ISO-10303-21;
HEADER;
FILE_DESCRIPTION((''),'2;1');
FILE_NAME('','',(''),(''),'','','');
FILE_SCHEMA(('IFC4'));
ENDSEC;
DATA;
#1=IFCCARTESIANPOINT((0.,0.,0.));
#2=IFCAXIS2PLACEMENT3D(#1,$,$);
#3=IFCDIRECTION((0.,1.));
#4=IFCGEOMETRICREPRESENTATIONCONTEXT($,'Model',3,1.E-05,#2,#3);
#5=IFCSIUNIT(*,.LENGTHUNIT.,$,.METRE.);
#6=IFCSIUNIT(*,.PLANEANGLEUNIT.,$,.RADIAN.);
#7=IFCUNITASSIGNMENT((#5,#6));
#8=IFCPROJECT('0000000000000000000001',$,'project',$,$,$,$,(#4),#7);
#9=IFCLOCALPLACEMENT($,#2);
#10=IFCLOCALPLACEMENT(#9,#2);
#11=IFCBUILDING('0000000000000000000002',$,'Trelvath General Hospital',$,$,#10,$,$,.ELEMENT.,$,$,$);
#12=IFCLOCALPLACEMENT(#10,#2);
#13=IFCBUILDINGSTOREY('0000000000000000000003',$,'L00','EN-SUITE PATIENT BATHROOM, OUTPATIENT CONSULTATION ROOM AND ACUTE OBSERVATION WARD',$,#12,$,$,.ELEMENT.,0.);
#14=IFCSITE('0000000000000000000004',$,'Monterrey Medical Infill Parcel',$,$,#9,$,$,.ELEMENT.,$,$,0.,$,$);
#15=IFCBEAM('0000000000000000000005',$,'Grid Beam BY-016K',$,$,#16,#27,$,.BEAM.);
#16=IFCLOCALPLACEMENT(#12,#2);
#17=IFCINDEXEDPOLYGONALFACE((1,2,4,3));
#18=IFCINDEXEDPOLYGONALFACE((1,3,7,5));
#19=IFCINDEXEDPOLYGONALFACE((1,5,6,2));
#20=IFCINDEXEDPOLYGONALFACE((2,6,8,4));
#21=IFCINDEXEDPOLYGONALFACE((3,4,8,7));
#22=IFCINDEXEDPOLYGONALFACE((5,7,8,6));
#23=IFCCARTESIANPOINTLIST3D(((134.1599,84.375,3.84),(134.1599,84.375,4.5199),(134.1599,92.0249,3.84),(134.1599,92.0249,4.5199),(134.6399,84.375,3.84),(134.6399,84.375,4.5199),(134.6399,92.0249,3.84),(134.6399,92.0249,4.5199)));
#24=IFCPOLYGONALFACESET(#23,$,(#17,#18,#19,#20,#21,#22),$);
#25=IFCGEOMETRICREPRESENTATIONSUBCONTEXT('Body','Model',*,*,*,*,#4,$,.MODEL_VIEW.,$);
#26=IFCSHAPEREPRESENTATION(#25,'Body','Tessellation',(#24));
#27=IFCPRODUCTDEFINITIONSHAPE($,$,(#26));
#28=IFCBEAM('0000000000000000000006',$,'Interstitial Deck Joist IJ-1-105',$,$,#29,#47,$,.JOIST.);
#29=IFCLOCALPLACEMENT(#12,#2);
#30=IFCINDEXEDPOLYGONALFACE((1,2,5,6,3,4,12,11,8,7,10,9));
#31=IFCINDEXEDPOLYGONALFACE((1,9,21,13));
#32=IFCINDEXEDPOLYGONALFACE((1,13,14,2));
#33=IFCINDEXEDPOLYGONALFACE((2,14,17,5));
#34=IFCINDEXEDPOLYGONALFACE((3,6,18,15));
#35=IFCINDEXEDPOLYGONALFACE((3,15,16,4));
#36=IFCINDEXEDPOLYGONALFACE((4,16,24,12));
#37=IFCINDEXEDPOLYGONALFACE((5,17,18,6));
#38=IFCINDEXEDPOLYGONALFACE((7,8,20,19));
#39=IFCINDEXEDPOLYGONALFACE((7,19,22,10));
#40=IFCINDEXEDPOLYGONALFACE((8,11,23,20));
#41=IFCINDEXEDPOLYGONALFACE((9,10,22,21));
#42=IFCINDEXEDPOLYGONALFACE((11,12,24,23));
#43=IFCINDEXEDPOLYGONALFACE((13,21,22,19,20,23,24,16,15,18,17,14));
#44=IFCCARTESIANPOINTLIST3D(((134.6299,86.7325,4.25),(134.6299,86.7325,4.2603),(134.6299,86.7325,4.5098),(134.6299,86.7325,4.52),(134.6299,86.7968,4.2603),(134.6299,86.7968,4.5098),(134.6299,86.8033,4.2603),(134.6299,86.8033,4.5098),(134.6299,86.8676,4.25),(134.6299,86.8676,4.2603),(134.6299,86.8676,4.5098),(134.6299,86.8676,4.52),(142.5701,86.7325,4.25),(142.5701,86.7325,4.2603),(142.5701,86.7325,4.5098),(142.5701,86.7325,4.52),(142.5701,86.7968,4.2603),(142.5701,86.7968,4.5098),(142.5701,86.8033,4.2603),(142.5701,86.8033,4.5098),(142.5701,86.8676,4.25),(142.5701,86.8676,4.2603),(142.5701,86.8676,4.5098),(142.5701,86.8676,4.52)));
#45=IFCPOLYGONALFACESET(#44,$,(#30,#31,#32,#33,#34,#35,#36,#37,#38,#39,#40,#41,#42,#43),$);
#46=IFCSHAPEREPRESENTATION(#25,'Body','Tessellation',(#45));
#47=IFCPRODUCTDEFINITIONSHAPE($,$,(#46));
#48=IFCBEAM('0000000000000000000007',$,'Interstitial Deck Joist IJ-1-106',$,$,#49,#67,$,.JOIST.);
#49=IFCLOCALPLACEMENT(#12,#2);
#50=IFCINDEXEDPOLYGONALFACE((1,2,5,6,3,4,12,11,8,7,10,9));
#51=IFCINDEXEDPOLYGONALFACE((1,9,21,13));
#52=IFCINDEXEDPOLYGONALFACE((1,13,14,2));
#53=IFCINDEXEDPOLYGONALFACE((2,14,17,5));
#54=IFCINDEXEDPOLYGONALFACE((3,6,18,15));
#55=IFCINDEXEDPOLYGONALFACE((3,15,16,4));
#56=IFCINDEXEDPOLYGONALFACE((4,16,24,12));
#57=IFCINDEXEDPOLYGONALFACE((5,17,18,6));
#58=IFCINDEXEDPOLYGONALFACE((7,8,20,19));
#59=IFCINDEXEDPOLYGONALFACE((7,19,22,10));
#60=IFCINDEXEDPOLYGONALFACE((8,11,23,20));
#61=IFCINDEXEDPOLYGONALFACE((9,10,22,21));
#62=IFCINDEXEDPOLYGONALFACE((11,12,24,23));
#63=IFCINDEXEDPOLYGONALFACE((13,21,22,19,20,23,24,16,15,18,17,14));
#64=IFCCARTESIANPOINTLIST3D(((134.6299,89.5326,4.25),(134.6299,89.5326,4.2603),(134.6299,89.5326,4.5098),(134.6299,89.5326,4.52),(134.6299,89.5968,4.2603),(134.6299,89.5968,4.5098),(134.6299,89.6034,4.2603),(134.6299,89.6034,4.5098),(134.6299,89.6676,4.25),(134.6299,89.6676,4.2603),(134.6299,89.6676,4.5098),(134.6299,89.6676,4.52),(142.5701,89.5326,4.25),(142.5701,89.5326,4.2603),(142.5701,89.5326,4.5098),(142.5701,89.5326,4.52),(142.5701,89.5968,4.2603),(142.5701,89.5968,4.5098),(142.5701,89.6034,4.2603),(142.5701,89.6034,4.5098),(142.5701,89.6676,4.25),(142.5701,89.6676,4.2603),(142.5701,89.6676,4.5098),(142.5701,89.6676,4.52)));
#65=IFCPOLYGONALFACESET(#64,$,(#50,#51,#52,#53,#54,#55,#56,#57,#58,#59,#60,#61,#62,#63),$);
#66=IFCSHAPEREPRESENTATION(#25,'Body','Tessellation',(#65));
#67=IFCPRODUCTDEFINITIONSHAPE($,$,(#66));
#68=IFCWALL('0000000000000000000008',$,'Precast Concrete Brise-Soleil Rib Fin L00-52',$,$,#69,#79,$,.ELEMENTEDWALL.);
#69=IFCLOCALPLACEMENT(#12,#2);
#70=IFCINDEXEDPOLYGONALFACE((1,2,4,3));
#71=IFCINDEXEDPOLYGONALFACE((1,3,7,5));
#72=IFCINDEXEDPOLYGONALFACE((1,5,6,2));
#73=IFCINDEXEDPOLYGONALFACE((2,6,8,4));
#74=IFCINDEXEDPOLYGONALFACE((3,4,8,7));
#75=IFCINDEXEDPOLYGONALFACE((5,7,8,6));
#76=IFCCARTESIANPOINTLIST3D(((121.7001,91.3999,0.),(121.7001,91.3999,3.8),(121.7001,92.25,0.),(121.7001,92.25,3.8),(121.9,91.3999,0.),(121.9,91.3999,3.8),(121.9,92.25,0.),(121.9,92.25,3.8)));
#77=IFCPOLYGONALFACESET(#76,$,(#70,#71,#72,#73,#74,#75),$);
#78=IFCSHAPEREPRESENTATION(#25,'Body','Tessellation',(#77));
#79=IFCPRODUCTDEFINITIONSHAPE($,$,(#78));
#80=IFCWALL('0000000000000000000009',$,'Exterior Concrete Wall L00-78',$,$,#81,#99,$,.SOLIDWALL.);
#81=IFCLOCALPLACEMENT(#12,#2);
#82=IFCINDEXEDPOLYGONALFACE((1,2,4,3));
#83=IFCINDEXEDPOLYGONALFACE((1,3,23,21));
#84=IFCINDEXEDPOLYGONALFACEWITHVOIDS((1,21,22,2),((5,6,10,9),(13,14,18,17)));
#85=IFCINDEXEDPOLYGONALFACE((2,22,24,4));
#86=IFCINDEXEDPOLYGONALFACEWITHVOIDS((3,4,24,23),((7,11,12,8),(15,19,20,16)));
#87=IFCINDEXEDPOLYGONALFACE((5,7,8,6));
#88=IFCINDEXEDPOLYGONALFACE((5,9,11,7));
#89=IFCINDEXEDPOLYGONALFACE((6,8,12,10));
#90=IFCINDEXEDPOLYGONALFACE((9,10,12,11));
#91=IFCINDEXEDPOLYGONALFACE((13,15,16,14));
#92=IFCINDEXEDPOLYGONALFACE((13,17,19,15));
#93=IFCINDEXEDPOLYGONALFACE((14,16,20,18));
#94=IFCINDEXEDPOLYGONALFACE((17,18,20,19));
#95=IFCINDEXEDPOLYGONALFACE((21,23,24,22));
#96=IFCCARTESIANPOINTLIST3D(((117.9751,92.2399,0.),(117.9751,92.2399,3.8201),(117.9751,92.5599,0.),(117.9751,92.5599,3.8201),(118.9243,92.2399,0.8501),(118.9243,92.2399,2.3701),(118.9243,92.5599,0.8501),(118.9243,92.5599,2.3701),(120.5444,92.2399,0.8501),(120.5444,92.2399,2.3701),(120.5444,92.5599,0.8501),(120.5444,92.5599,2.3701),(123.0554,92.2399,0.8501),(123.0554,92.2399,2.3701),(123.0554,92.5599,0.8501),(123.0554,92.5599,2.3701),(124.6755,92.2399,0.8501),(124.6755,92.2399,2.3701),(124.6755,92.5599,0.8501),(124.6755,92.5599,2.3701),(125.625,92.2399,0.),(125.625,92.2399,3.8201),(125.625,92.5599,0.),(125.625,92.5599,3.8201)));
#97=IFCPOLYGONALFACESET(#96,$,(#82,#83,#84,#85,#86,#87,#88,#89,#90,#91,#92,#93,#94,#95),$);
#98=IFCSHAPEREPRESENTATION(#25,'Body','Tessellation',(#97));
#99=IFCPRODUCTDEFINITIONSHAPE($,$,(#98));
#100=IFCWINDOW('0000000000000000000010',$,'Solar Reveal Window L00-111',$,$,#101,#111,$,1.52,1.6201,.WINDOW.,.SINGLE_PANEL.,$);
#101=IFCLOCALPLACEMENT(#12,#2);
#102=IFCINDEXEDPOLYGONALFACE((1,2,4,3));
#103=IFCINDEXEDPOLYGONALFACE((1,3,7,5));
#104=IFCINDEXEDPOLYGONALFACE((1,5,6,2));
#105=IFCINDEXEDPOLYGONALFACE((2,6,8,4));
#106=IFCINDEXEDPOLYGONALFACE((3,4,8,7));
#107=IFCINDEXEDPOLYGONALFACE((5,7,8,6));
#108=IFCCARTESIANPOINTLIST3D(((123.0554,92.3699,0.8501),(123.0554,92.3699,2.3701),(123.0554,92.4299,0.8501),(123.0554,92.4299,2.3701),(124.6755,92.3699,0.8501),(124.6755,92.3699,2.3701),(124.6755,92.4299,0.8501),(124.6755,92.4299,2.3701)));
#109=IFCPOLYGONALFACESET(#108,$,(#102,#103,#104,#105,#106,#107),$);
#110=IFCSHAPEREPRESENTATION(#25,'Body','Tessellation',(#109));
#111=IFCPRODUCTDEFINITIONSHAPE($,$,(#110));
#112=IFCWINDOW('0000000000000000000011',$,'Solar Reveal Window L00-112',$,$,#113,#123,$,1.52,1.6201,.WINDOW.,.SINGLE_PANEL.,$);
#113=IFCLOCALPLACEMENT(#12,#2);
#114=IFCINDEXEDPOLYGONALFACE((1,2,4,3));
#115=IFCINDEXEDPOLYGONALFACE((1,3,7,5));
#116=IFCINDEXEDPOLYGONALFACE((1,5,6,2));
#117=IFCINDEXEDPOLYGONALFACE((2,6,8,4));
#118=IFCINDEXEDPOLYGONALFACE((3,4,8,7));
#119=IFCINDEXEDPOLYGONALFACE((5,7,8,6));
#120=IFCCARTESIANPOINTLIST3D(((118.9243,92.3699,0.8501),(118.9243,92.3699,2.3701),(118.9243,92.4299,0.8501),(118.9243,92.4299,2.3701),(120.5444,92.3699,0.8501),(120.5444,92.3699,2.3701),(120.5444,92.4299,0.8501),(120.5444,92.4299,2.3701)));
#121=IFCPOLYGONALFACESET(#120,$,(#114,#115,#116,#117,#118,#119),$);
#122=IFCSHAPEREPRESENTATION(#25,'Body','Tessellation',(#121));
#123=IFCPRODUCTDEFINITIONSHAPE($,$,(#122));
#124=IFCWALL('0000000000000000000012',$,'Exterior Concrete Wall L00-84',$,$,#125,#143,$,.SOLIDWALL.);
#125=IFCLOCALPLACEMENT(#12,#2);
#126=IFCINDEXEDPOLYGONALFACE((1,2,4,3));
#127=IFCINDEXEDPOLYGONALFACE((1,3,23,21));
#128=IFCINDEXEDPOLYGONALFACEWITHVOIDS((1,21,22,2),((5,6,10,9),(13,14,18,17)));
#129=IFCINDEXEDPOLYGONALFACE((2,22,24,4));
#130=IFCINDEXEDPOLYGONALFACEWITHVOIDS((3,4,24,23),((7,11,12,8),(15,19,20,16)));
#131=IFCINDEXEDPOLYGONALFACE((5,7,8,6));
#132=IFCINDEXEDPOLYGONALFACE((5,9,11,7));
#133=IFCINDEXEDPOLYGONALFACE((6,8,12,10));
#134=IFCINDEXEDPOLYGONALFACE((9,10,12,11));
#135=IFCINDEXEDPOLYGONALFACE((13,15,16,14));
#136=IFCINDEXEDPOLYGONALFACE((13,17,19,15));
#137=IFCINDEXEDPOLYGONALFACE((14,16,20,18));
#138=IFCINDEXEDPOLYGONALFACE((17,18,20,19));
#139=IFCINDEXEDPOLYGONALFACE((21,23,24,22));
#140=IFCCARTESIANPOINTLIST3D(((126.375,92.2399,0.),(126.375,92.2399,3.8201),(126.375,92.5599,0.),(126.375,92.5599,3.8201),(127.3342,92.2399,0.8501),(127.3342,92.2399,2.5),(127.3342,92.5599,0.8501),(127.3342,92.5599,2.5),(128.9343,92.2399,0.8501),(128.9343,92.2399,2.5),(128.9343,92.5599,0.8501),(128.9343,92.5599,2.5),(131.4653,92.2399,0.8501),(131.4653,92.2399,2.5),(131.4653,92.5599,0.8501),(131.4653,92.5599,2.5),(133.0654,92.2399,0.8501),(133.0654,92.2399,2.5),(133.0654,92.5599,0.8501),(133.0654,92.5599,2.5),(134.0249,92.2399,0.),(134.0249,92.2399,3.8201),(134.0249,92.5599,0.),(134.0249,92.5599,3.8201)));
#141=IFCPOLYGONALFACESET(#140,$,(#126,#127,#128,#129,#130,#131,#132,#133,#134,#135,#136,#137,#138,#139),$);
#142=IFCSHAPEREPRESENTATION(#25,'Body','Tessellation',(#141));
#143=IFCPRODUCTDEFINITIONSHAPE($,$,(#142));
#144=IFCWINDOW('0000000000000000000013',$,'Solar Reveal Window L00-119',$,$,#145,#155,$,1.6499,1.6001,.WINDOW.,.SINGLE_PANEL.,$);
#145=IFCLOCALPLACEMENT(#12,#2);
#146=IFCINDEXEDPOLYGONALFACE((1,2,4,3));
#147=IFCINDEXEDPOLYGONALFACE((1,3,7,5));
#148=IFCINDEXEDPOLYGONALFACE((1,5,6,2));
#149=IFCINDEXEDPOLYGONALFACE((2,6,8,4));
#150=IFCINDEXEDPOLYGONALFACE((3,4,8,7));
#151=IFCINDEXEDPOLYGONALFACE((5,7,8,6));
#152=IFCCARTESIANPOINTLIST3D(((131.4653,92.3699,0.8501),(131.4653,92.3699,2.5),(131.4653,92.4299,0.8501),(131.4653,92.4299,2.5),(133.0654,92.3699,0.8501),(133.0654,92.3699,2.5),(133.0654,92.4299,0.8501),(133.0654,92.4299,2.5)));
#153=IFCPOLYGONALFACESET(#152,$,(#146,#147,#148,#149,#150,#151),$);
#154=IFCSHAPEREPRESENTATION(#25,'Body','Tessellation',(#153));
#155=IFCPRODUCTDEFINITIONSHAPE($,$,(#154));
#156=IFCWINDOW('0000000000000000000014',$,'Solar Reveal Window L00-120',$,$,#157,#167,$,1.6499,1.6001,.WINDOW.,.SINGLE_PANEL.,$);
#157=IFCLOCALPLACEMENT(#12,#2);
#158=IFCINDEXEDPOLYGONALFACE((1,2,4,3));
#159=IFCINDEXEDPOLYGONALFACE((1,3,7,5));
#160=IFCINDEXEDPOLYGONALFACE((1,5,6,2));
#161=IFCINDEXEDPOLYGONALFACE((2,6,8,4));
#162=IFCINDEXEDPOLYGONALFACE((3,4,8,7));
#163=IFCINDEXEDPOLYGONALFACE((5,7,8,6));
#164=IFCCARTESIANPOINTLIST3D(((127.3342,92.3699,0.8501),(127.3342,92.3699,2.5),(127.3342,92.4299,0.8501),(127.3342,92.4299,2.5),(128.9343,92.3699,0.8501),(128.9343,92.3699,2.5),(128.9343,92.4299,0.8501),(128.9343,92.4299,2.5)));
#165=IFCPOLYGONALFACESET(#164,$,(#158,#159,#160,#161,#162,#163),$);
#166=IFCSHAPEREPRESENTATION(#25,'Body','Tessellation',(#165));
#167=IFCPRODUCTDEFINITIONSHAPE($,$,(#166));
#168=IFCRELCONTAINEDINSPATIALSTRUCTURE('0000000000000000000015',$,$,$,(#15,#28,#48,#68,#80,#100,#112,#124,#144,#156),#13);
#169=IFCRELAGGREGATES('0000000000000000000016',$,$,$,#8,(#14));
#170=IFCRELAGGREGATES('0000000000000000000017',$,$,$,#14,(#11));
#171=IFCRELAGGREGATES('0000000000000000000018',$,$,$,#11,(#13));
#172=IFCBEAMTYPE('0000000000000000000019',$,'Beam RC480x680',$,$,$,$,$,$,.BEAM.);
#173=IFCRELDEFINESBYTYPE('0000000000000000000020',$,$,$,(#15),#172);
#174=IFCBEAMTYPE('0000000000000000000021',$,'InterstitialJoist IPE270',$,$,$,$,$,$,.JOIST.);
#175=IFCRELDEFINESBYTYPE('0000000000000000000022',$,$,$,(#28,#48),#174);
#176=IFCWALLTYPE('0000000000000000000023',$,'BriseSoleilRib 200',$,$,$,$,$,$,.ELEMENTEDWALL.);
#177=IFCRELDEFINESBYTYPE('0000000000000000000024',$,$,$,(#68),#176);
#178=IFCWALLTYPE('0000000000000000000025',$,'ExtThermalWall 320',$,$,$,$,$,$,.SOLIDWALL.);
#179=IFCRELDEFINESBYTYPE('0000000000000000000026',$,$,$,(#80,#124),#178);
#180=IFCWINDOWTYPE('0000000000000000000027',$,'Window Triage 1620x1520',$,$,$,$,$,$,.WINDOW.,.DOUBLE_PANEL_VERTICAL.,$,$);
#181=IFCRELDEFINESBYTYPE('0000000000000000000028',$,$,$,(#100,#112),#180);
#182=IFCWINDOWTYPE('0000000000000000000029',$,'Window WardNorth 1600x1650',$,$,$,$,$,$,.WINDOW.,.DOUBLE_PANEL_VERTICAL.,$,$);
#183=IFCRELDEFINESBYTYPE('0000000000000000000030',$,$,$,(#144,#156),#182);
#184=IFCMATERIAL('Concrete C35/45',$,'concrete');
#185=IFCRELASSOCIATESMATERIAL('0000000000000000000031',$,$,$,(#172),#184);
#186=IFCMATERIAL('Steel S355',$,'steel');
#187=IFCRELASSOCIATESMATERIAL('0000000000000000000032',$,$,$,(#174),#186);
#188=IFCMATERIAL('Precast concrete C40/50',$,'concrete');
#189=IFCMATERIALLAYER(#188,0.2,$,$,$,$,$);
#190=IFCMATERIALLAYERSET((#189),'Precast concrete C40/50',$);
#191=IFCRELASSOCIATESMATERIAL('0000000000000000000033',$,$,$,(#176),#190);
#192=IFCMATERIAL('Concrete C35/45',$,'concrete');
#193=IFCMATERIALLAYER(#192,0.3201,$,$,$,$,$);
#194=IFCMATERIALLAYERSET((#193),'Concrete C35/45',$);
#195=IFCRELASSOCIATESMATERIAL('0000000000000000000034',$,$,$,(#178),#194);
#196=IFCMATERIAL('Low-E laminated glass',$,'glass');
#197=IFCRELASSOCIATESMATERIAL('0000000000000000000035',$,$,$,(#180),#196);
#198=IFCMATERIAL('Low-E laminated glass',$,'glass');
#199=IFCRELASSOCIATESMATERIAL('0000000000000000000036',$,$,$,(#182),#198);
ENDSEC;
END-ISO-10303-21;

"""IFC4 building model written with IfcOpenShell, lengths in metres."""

from ifc_helpers import new_model, si_unit, direction, frame, frame_2d, origin, origin_2d, place, context, subcontext, project, spatial, rectangle, i_section, extrude, material, layer, layer_set, material_profile, profile_set, type_object, element, fill, save


model = new_model("IFC4")

# Units and contexts
model_context = context("Model", 3, precision=1e-05, world=origin(), true_north=direction((0.0, 1.0)))
body_context = subcontext(model_context, "Body", "Model", "MODEL_VIEW")
ifc_project = project(units=[si_unit("LENGTHUNIT", "METRE"), si_unit("PLANEANGLEUNIT", "RADIAN")], contexts=[model_context])

# Site, building, storey
site_placement = place(None, origin())
site = spatial("IfcSite", under=ifc_project, at=site_placement, Name="Monterrey Medical Infill Parcel", CompositionType="ELEMENT", RefElevation=0.0)
building_placement = place(site_placement, origin())
building = spatial("IfcBuilding", under=site, at=building_placement, Name="Trelvath General Hospital", CompositionType="ELEMENT")
storey_placement = place(building_placement, origin())
storey = spatial("IfcBuildingStorey", under=building, at=storey_placement, Name="L00", Description="EN-SUITE PATIENT BATHROOM, OUTPATIENT CONSULTATION ROOM AND ACUTE OBSERVATION WARD", CompositionType="ELEMENT", Elevation=0.0)

# Beams
ifc_material_1 = material(Name="Concrete C35/45", Category="concrete")
ifc_material_profile_1 = material_profile(ifc_material_1, rectangle(XDim=0.48, YDim=0.6799, at=origin_2d()), Name="RCB480x680")
ifc_profile_set_1 = profile_set([ifc_material_profile_1], Name="Concrete C35/45")
beam_type_1 = type_object("IfcBeamType", Name="Beam RC480x680", PredefinedType="BEAM", material=ifc_profile_set_1)
beam_1_placement = place(storey_placement, frame((134.3999, 84.375, 4.1799), z_axis=(0.0, 1.0, 0.0), x_axis=(-1.0, 0.0, 0.0)))
element("IfcBeam", 1, at=beam_1_placement, inside=storey, type_object=beam_type_1, Name="Grid Beam BY-016K", PredefinedType="BEAM", context=body_context, shape_type="SweptSolid", body=[
    extrude(rectangle(XDim=0.48, YDim=0.6799, at=origin_2d()), origin(), (0.0, 0.0, 1.0), 7.6499),
])
ifc_material_2 = material(Name="Steel S355", Category="steel")
ifc_material_profile_2 = material_profile(ifc_material_2, i_section(OverallWidth=0.135, OverallDepth=0.27, WebThickness=0.0066, FlangeThickness=0.0103, at=origin_2d()), Name="IPE270")
ifc_profile_set_2 = profile_set([ifc_material_profile_2], Name="Steel S355")
beam_type_2 = type_object("IfcBeamType", Name="InterstitialJoist IPE270", PredefinedType="JOIST", material=ifc_profile_set_2)
for number, where, z_axis, x_axis, name in (
    (2, (134.6299, 86.8, 4.385), (1.0, 0.0, 0.0), (0.0, 1.0, 0.0), "Interstitial Deck Joist IJ-1-105"),
    (3, (134.6299, 89.6001, 4.385), (1.0, 0.0, 0.0), (0.0, 1.0, 0.0), "Interstitial Deck Joist IJ-1-106"),
):
    element("IfcBeam", number, at=place(storey_placement, frame(where, z_axis=z_axis, x_axis=x_axis)), inside=storey, type_object=beam_type_2, Name=name, PredefinedType="JOIST", context=body_context, shape_type="SweptSolid", body=[
        extrude(i_section(OverallWidth=0.135, OverallDepth=0.27, WebThickness=0.0066, FlangeThickness=0.0103, at=origin_2d()), origin(), (0.0, 0.0, 1.0), 7.9402),
    ])

# Wall
ifc_material_3 = material(Name="Precast concrete C40/50", Category="concrete")
ifc_layer_1 = layer(ifc_material_3, 0.2)
ifc_layer_set_1 = layer_set([ifc_layer_1], Name="Precast concrete C40/50")
wall_type_1 = type_object("IfcWallType", Name="BriseSoleilRib 200", PredefinedType="ELEMENTEDWALL", material=ifc_layer_set_1)
wall_1_placement = place(storey_placement, frame((121.8, 92.25, 0.0), z_axis=(0.0, 0.0, 1.0), x_axis=(0.0, -1.0, 0.0)))
element("IfcWall", 4, at=wall_1_placement, inside=storey, type_object=wall_type_1, Name="Precast Concrete Brise-Soleil Rib Fin L00-52", PredefinedType="ELEMENTEDWALL", context=body_context, shape_type="SweptSolid", body=[
    extrude(rectangle(XDim=0.8501, YDim=0.2, at=frame_2d((0.425, 0.0))), origin(), (0.0, 0.0, 1.0), 3.8),
])

# Walls, openings, windows
ifc_material_4 = material(Name="Concrete C35/45", Category="concrete")
ifc_layer_2 = layer(ifc_material_4, 0.3201)
ifc_layer_set_2 = layer_set([ifc_layer_2], Name="Concrete C35/45")
wall_type_2 = type_object("IfcWallType", Name="ExtThermalWall 320", PredefinedType="SOLIDWALL", material=ifc_layer_set_2)
wall_2_placement = place(storey_placement, frame((125.625, 92.3999, 0.0), z_axis=(0.0, 0.0, 1.0), x_axis=(-1.0, 0.0, 0.0)))
wall_2 = element("IfcWall", 5, at=wall_2_placement, inside=storey, type_object=wall_type_2, Name="Exterior Concrete Wall L00-78", PredefinedType="SOLIDWALL", context=body_context, shape_type="SweptSolid", body=[
    extrude(rectangle(XDim=7.6499, YDim=0.3201, at=frame_2d((3.825, 0.0))), origin(), (0.0, 0.0, 1.0), 3.8201),
])
opening_1_placement = place(wall_2_placement, frame((0.9495, 0.0, 0.8501)))
opening_1 = element("IfcOpeningElement", 6, at=opening_1_placement, cuts=wall_2, PredefinedType="OPENING", context=body_context, shape_type="SweptSolid", body=[
    extrude(rectangle(XDim=1.6201, YDim=1.52, at=frame_2d((0.8101, 0.76))), frame((0.0, 0.1699, 0.0), z_axis=(0.0, -1.0, 0.0), x_axis=(1.0, 0.0, 0.0)), (0.0, 0.0, 1.0), 0.3401),
])
opening_2_placement = place(wall_2_placement, frame((5.0806, 0.0, 0.8501)))
opening_2 = element("IfcOpeningElement", 7, at=opening_2_placement, cuts=wall_2, PredefinedType="OPENING", context=body_context, shape_type="SweptSolid", body=[
    extrude(rectangle(XDim=1.6201, YDim=1.52, at=frame_2d((0.8101, 0.76))), frame((0.0, 0.1699, 0.0), z_axis=(0.0, -1.0, 0.0), x_axis=(1.0, 0.0, 0.0)), (0.0, 0.0, 1.0), 0.3401),
])
ifc_material_5 = material(Name="Low-E laminated glass", Category="glass")
window_type_1 = type_object("IfcWindowType", Name="Window Triage 1620x1520", PartitioningType="DOUBLE_PANEL_VERTICAL", PredefinedType="WINDOW", material=ifc_material_5)
window_1_placement = place(opening_1_placement, origin())
window_1 = element("IfcWindow", 8, at=window_1_placement, inside=storey, type_object=window_type_1, Name="Solar Reveal Window L00-111", OverallHeight=1.52, OverallWidth=1.6201, PartitioningType="SINGLE_PANEL", PredefinedType="WINDOW", context=body_context, shape_type="SweptSolid", body=[
    extrude(rectangle(XDim=1.6201, YDim=1.52, at=frame_2d((0.8101, 0.76))), frame((0.0, 0.03, 0.0), z_axis=(0.0, -1.0, 0.0), x_axis=(1.0, 0.0, 0.0)), (0.0, 0.0, 1.0), 0.0601),
])
fill(opening_1, window_1)
window_2_placement = place(opening_2_placement, origin())
window_2 = element("IfcWindow", 9, at=window_2_placement, inside=storey, type_object=window_type_1, Name="Solar Reveal Window L00-112", OverallHeight=1.52, OverallWidth=1.6201, PartitioningType="SINGLE_PANEL", PredefinedType="WINDOW", context=body_context, shape_type="SweptSolid", body=[
    extrude(rectangle(XDim=1.6201, YDim=1.52, at=frame_2d((0.8101, 0.76))), frame((0.0, 0.03, 0.0), z_axis=(0.0, -1.0, 0.0), x_axis=(1.0, 0.0, 0.0)), (0.0, 0.0, 1.0), 0.0601),
])
fill(opening_2, window_2)
wall_3_placement = place(storey_placement, frame((134.0249, 92.3999, 0.0), z_axis=(0.0, 0.0, 1.0), x_axis=(-1.0, 0.0, 0.0)))
wall_3 = element("IfcWall", 10, at=wall_3_placement, inside=storey, type_object=wall_type_2, Name="Exterior Concrete Wall L00-84", PredefinedType="SOLIDWALL", context=body_context, shape_type="SweptSolid", body=[
    extrude(rectangle(XDim=7.6499, YDim=0.3201, at=frame_2d((3.825, 0.0))), origin(), (0.0, 0.0, 1.0), 3.8201),
])
opening_3_placement = place(wall_3_placement, frame((0.9595, 0.0, 0.8501)))
opening_3 = element("IfcOpeningElement", 11, at=opening_3_placement, cuts=wall_3, PredefinedType="OPENING", context=body_context, shape_type="SweptSolid", body=[
    extrude(rectangle(XDim=1.6001, YDim=1.6499, at=frame_2d((0.8, 0.825))), frame((0.0, 0.1699, 0.0), z_axis=(0.0, -1.0, 0.0), x_axis=(1.0, 0.0, 0.0)), (0.0, 0.0, 1.0), 0.3401),
])
opening_4_placement = place(wall_3_placement, frame((5.0906, 0.0, 0.8501)))
opening_4 = element("IfcOpeningElement", 12, at=opening_4_placement, cuts=wall_3, PredefinedType="OPENING", context=body_context, shape_type="SweptSolid", body=[
    extrude(rectangle(XDim=1.6001, YDim=1.6499, at=frame_2d((0.8, 0.825))), frame((0.0, 0.1699, 0.0), z_axis=(0.0, -1.0, 0.0), x_axis=(1.0, 0.0, 0.0)), (0.0, 0.0, 1.0), 0.3401),
])
ifc_material_6 = material(Name="Low-E laminated glass", Category="glass")
window_type_2 = type_object("IfcWindowType", Name="Window WardNorth 1600x1650", PartitioningType="DOUBLE_PANEL_VERTICAL", PredefinedType="WINDOW", material=ifc_material_6)
window_3_placement = place(opening_3_placement, origin())
window_3 = element("IfcWindow", 13, at=window_3_placement, inside=storey, type_object=window_type_2, Name="Solar Reveal Window L00-119", OverallHeight=1.6499, OverallWidth=1.6001, PartitioningType="SINGLE_PANEL", PredefinedType="WINDOW", context=body_context, shape_type="SweptSolid", body=[
    extrude(rectangle(XDim=1.6001, YDim=1.6499, at=frame_2d((0.8, 0.825))), frame((0.0, 0.03, 0.0), z_axis=(0.0, -1.0, 0.0), x_axis=(1.0, 0.0, 0.0)), (0.0, 0.0, 1.0), 0.0601),
])
fill(opening_3, window_3)
window_4_placement = place(opening_4_placement, origin())
window_4 = element("IfcWindow", 14, at=window_4_placement, inside=storey, type_object=window_type_2, Name="Solar Reveal Window L00-120", OverallHeight=1.6499, OverallWidth=1.6001, PartitioningType="SINGLE_PANEL", PredefinedType="WINDOW", context=body_context, shape_type="SweptSolid", body=[
    extrude(rectangle(XDim=1.6001, YDim=1.6499, at=frame_2d((0.8, 0.825))), frame((0.0, 0.03, 0.0), z_axis=(0.0, -1.0, 0.0), x_axis=(1.0, 0.0, 0.0)), (0.0, 0.0, 1.0), 0.0601),
])
fill(opening_4, window_4)

save(model, "model.ifc")
